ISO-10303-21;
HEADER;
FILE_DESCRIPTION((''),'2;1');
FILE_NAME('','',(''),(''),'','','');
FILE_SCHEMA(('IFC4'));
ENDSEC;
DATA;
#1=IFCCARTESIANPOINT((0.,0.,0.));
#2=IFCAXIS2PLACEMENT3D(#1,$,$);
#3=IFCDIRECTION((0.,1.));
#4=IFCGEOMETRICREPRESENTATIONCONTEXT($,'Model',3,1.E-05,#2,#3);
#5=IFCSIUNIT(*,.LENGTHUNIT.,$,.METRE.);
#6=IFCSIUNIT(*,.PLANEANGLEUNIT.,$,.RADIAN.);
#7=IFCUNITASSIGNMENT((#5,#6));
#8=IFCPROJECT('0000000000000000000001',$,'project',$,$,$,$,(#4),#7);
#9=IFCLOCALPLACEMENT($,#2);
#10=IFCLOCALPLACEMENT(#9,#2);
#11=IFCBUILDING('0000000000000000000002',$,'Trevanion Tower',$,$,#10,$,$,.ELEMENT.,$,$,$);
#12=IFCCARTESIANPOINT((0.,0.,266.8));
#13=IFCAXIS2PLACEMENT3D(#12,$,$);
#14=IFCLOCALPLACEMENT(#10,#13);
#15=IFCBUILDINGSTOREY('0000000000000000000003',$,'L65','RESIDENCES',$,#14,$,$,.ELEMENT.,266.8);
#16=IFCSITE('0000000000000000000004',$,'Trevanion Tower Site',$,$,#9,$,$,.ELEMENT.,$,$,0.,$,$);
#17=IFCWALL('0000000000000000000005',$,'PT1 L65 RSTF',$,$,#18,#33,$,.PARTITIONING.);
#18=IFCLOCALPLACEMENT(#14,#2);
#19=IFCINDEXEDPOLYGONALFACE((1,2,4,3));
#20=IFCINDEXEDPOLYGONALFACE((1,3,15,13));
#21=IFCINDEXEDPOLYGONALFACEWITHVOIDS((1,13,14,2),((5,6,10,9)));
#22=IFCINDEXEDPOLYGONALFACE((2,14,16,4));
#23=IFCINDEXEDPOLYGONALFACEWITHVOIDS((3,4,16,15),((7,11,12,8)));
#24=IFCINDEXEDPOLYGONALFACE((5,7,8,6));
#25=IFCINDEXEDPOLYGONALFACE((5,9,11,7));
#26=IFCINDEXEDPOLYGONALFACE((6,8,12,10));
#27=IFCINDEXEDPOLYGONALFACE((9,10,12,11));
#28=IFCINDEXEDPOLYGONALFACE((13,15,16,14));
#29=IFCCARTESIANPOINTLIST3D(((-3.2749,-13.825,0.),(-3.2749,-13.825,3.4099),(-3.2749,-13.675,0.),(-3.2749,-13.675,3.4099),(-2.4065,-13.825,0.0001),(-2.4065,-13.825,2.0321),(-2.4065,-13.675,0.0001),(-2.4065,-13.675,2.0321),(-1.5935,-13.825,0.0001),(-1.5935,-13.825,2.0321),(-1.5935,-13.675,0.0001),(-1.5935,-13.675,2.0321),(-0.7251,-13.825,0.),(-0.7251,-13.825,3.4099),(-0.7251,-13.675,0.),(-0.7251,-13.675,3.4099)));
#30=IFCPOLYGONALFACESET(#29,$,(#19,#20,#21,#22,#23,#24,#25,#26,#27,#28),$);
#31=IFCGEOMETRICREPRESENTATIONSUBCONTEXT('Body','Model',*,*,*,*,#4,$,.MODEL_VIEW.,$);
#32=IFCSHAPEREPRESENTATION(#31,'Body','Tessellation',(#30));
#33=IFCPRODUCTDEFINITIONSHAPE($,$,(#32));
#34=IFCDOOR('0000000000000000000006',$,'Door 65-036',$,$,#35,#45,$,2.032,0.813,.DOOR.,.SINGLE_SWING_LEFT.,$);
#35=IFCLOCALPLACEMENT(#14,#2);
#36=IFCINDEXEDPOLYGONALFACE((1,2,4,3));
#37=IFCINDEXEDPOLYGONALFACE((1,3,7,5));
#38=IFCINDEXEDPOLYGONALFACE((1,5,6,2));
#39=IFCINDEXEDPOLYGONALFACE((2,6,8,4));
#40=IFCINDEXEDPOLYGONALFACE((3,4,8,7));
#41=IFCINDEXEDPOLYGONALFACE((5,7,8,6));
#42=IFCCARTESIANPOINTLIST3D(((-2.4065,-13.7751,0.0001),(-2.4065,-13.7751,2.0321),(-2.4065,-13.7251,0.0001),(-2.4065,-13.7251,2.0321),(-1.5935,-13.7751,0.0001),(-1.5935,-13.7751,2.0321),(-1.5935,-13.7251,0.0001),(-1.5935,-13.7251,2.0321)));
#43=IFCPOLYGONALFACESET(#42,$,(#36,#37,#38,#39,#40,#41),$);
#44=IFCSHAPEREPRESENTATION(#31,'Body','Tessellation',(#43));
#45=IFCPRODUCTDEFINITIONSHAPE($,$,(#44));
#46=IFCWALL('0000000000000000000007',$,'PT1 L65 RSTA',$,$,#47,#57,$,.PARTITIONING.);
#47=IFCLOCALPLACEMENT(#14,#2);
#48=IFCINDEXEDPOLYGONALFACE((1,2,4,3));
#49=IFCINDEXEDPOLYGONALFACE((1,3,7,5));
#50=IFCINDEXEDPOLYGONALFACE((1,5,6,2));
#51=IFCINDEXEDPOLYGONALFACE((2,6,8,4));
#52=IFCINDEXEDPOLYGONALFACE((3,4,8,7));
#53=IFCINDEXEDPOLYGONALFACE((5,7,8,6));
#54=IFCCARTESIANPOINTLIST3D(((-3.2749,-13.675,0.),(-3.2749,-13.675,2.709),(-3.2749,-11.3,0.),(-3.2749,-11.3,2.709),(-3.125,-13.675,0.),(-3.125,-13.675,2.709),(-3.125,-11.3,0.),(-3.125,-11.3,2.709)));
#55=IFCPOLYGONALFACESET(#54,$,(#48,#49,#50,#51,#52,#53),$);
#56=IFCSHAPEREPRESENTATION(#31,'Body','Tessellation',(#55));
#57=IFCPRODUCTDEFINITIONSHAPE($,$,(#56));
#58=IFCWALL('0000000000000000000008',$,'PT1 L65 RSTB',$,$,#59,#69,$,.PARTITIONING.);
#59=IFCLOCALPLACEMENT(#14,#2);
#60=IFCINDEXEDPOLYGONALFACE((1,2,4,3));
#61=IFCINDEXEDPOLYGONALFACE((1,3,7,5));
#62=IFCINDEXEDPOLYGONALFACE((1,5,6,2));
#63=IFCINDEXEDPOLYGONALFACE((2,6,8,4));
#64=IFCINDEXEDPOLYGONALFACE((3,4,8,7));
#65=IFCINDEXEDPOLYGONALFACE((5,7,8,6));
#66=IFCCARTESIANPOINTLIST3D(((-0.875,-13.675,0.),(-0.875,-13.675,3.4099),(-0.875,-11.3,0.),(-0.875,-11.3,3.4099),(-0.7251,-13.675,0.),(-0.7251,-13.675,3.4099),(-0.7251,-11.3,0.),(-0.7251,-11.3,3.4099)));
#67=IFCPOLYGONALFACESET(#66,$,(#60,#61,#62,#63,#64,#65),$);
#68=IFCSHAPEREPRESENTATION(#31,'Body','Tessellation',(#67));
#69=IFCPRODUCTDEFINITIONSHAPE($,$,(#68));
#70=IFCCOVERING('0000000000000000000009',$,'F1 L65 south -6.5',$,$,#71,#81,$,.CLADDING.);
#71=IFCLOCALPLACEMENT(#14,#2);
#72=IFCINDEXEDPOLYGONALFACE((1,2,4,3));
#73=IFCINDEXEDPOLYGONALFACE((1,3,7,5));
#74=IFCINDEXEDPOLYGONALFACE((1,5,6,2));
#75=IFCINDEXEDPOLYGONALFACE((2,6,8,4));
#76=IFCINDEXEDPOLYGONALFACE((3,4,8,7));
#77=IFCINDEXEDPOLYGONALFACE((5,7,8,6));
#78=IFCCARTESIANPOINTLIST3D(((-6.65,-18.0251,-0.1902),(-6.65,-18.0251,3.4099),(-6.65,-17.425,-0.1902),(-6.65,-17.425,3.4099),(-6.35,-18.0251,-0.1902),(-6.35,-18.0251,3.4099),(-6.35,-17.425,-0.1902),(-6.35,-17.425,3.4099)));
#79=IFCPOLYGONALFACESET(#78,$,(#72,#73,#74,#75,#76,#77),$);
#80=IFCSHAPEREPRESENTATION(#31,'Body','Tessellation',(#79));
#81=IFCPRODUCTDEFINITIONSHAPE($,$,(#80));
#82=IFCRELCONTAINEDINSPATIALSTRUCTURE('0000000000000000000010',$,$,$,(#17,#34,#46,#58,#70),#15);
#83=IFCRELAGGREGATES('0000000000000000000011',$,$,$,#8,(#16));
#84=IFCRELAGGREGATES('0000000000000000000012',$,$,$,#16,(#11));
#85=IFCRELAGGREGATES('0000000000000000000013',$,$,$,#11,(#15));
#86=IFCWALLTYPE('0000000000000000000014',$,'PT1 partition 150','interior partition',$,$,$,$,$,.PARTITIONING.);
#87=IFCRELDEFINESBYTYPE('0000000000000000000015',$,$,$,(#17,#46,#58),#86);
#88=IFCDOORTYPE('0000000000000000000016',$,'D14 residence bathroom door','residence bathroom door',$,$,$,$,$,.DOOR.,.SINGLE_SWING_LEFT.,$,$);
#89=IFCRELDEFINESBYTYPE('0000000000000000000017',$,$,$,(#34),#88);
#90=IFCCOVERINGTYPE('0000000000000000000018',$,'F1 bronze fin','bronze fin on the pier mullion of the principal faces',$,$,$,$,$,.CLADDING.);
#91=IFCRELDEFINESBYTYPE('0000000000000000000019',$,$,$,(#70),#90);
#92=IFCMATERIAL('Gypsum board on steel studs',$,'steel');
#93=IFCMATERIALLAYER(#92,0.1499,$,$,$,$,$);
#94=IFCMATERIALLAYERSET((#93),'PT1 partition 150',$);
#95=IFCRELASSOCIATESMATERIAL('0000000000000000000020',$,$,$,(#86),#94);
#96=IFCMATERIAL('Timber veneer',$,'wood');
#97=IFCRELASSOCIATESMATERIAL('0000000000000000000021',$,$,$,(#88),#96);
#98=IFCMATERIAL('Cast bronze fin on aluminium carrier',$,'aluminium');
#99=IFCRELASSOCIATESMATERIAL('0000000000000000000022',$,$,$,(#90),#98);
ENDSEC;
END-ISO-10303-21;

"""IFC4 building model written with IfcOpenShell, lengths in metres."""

from ifc_helpers import new_model, si_unit, direction, frame, frame_2d, origin, origin_2d, place, context, subcontext, project, spatial, rectangle, extrude, material, layer, layer_set, type_object, element, fill, save


model = new_model("IFC4")

# Units and contexts
model_context = context("Model", 3, precision=1e-05, world=origin(), true_north=direction((0.0, 1.0)))
body_context = subcontext(model_context, "Body", "Model", "MODEL_VIEW")
ifc_project = project(units=[si_unit("LENGTHUNIT", "METRE"), si_unit("PLANEANGLEUNIT", "RADIAN")], contexts=[model_context])

# Site, building, storey
site_placement = place(None, origin())
site = spatial("IfcSite", under=ifc_project, at=site_placement, Name="Trevanion Tower Site", CompositionType="ELEMENT", RefElevation=0.0)
building_placement = place(site_placement, origin())
building = spatial("IfcBuilding", under=site, at=building_placement, Name="Trevanion Tower", CompositionType="ELEMENT")
storey_placement = place(building_placement, frame((0.0, 0.0, 266.8)))
storey = spatial("IfcBuildingStorey", under=building, at=storey_placement, Name="L65", Description="RESIDENCES", CompositionType="ELEMENT", Elevation=266.8)

# Wall, opening, door
ifc_material_1 = material(Name="Gypsum board on steel studs", Category="steel")
ifc_layer_1 = layer(ifc_material_1, 0.1499)
ifc_layer_set_1 = layer_set([ifc_layer_1], Name="PT1 partition 150")
wall_type_1 = type_object("IfcWallType", Name="PT1 partition 150", Description="interior partition", PredefinedType="PARTITIONING", material=ifc_layer_set_1)
wall_1_placement = place(storey_placement, frame((-3.2749, -13.75, 0.0), z_axis=(0.0, 0.0, 1.0), x_axis=(1.0, 0.0, 0.0)))
wall_1 = element("IfcWall", 1, at=wall_1_placement, inside=storey, type_object=wall_type_1, Name="PT1 L65 RSTF", PredefinedType="PARTITIONING", context=body_context, shape_type="SweptSolid", body=[
    extrude(rectangle(XDim=2.5498, YDim=0.1499, at=frame_2d((1.2749, 0.0))), origin(), (0.0, 0.0, 1.0), 3.4099),
])
opening_1_placement = place(wall_1_placement, frame((0.8684, 0.0, 0.0)))
opening_1 = element("IfcOpeningElement", 2, at=opening_1_placement, cuts=wall_1, PredefinedType="OPENING", context=body_context, shape_type="SweptSolid", body=[
    extrude(rectangle(XDim=0.813, YDim=2.032, at=frame_2d((0.4065, 1.0161))), frame((0.0, 0.085, 0.0), z_axis=(0.0, -1.0, 0.0), x_axis=(1.0, 0.0, 0.0)), (0.0, 0.0, 1.0), 0.1699),
])
ifc_material_2 = material(Name="Timber veneer", Category="wood")
door_type_1 = type_object("IfcDoorType", Name="D14 residence bathroom door", Description="residence bathroom door", OperationType="SINGLE_SWING_LEFT", PredefinedType="DOOR", material=ifc_material_2)
door_1_placement = place(opening_1_placement, origin())
door_1 = element("IfcDoor", 3, at=door_1_placement, inside=storey, type_object=door_type_1, Name="Door 65-036", OperationType="SINGLE_SWING_LEFT", OverallHeight=2.032, OverallWidth=0.813, PredefinedType="DOOR", context=body_context, shape_type="SweptSolid", body=[
    extrude(rectangle(XDim=0.813, YDim=2.032, at=frame_2d((0.4065, 1.0161))), frame((0.0, 0.0249, 0.0), z_axis=(0.0, -1.0, 0.0), x_axis=(1.0, 0.0, 0.0)), (0.0, 0.0, 1.0), 0.05),
])
fill(opening_1, door_1)

# Walls
wall_2_placement = place(storey_placement, frame((-3.2, -11.3, 0.0), z_axis=(0.0, 0.0, 1.0), x_axis=(0.0, -1.0, 0.0)))
element("IfcWall", 4, at=wall_2_placement, inside=storey, type_object=wall_type_1, Name="PT1 L65 RSTA", PredefinedType="PARTITIONING", context=body_context, shape_type="SweptSolid", body=[
    extrude(rectangle(XDim=2.375, YDim=0.1499, at=frame_2d((1.1875, 0.0))), origin(), (0.0, 0.0, 1.0), 2.709),
])
wall_3_placement = place(storey_placement, frame((-0.8, -11.3, 0.0), z_axis=(0.0, 0.0, 1.0), x_axis=(0.0, -1.0, 0.0)))
element("IfcWall", 5, at=wall_3_placement, inside=storey, type_object=wall_type_1, Name="PT1 L65 RSTB", PredefinedType="PARTITIONING", context=body_context, shape_type="SweptSolid", body=[
    extrude(rectangle(XDim=2.375, YDim=0.1499, at=frame_2d((1.1875, 0.0))), origin(), (0.0, 0.0, 1.0), 3.4099),
])

# Covering
ifc_material_3 = material(Name="Cast bronze fin on aluminium carrier", Category="aluminium")
covering_type = type_object("IfcCoveringType", Name="F1 bronze fin", Description="bronze fin on the pier mullion of the principal faces", PredefinedType="CLADDING", material=ifc_material_3)
covering_placement = place(storey_placement, frame((-6.5, -17.7251, -0.1902), z_axis=(0.0, 0.0, 1.0), x_axis=(1.0, 0.0, 0.0)))
element("IfcCovering", 6, at=covering_placement, inside=storey, type_object=covering_type, Name="F1 L65 south -6.5", PredefinedType="CLADDING", context=body_context, shape_type="SweptSolid", body=[
    extrude(rectangle(XDim=0.3, YDim=0.6001, at=origin_2d()), origin(), (0.0, 0.0, 1.0), 3.6001),
])

save(model, "model.ifc")
